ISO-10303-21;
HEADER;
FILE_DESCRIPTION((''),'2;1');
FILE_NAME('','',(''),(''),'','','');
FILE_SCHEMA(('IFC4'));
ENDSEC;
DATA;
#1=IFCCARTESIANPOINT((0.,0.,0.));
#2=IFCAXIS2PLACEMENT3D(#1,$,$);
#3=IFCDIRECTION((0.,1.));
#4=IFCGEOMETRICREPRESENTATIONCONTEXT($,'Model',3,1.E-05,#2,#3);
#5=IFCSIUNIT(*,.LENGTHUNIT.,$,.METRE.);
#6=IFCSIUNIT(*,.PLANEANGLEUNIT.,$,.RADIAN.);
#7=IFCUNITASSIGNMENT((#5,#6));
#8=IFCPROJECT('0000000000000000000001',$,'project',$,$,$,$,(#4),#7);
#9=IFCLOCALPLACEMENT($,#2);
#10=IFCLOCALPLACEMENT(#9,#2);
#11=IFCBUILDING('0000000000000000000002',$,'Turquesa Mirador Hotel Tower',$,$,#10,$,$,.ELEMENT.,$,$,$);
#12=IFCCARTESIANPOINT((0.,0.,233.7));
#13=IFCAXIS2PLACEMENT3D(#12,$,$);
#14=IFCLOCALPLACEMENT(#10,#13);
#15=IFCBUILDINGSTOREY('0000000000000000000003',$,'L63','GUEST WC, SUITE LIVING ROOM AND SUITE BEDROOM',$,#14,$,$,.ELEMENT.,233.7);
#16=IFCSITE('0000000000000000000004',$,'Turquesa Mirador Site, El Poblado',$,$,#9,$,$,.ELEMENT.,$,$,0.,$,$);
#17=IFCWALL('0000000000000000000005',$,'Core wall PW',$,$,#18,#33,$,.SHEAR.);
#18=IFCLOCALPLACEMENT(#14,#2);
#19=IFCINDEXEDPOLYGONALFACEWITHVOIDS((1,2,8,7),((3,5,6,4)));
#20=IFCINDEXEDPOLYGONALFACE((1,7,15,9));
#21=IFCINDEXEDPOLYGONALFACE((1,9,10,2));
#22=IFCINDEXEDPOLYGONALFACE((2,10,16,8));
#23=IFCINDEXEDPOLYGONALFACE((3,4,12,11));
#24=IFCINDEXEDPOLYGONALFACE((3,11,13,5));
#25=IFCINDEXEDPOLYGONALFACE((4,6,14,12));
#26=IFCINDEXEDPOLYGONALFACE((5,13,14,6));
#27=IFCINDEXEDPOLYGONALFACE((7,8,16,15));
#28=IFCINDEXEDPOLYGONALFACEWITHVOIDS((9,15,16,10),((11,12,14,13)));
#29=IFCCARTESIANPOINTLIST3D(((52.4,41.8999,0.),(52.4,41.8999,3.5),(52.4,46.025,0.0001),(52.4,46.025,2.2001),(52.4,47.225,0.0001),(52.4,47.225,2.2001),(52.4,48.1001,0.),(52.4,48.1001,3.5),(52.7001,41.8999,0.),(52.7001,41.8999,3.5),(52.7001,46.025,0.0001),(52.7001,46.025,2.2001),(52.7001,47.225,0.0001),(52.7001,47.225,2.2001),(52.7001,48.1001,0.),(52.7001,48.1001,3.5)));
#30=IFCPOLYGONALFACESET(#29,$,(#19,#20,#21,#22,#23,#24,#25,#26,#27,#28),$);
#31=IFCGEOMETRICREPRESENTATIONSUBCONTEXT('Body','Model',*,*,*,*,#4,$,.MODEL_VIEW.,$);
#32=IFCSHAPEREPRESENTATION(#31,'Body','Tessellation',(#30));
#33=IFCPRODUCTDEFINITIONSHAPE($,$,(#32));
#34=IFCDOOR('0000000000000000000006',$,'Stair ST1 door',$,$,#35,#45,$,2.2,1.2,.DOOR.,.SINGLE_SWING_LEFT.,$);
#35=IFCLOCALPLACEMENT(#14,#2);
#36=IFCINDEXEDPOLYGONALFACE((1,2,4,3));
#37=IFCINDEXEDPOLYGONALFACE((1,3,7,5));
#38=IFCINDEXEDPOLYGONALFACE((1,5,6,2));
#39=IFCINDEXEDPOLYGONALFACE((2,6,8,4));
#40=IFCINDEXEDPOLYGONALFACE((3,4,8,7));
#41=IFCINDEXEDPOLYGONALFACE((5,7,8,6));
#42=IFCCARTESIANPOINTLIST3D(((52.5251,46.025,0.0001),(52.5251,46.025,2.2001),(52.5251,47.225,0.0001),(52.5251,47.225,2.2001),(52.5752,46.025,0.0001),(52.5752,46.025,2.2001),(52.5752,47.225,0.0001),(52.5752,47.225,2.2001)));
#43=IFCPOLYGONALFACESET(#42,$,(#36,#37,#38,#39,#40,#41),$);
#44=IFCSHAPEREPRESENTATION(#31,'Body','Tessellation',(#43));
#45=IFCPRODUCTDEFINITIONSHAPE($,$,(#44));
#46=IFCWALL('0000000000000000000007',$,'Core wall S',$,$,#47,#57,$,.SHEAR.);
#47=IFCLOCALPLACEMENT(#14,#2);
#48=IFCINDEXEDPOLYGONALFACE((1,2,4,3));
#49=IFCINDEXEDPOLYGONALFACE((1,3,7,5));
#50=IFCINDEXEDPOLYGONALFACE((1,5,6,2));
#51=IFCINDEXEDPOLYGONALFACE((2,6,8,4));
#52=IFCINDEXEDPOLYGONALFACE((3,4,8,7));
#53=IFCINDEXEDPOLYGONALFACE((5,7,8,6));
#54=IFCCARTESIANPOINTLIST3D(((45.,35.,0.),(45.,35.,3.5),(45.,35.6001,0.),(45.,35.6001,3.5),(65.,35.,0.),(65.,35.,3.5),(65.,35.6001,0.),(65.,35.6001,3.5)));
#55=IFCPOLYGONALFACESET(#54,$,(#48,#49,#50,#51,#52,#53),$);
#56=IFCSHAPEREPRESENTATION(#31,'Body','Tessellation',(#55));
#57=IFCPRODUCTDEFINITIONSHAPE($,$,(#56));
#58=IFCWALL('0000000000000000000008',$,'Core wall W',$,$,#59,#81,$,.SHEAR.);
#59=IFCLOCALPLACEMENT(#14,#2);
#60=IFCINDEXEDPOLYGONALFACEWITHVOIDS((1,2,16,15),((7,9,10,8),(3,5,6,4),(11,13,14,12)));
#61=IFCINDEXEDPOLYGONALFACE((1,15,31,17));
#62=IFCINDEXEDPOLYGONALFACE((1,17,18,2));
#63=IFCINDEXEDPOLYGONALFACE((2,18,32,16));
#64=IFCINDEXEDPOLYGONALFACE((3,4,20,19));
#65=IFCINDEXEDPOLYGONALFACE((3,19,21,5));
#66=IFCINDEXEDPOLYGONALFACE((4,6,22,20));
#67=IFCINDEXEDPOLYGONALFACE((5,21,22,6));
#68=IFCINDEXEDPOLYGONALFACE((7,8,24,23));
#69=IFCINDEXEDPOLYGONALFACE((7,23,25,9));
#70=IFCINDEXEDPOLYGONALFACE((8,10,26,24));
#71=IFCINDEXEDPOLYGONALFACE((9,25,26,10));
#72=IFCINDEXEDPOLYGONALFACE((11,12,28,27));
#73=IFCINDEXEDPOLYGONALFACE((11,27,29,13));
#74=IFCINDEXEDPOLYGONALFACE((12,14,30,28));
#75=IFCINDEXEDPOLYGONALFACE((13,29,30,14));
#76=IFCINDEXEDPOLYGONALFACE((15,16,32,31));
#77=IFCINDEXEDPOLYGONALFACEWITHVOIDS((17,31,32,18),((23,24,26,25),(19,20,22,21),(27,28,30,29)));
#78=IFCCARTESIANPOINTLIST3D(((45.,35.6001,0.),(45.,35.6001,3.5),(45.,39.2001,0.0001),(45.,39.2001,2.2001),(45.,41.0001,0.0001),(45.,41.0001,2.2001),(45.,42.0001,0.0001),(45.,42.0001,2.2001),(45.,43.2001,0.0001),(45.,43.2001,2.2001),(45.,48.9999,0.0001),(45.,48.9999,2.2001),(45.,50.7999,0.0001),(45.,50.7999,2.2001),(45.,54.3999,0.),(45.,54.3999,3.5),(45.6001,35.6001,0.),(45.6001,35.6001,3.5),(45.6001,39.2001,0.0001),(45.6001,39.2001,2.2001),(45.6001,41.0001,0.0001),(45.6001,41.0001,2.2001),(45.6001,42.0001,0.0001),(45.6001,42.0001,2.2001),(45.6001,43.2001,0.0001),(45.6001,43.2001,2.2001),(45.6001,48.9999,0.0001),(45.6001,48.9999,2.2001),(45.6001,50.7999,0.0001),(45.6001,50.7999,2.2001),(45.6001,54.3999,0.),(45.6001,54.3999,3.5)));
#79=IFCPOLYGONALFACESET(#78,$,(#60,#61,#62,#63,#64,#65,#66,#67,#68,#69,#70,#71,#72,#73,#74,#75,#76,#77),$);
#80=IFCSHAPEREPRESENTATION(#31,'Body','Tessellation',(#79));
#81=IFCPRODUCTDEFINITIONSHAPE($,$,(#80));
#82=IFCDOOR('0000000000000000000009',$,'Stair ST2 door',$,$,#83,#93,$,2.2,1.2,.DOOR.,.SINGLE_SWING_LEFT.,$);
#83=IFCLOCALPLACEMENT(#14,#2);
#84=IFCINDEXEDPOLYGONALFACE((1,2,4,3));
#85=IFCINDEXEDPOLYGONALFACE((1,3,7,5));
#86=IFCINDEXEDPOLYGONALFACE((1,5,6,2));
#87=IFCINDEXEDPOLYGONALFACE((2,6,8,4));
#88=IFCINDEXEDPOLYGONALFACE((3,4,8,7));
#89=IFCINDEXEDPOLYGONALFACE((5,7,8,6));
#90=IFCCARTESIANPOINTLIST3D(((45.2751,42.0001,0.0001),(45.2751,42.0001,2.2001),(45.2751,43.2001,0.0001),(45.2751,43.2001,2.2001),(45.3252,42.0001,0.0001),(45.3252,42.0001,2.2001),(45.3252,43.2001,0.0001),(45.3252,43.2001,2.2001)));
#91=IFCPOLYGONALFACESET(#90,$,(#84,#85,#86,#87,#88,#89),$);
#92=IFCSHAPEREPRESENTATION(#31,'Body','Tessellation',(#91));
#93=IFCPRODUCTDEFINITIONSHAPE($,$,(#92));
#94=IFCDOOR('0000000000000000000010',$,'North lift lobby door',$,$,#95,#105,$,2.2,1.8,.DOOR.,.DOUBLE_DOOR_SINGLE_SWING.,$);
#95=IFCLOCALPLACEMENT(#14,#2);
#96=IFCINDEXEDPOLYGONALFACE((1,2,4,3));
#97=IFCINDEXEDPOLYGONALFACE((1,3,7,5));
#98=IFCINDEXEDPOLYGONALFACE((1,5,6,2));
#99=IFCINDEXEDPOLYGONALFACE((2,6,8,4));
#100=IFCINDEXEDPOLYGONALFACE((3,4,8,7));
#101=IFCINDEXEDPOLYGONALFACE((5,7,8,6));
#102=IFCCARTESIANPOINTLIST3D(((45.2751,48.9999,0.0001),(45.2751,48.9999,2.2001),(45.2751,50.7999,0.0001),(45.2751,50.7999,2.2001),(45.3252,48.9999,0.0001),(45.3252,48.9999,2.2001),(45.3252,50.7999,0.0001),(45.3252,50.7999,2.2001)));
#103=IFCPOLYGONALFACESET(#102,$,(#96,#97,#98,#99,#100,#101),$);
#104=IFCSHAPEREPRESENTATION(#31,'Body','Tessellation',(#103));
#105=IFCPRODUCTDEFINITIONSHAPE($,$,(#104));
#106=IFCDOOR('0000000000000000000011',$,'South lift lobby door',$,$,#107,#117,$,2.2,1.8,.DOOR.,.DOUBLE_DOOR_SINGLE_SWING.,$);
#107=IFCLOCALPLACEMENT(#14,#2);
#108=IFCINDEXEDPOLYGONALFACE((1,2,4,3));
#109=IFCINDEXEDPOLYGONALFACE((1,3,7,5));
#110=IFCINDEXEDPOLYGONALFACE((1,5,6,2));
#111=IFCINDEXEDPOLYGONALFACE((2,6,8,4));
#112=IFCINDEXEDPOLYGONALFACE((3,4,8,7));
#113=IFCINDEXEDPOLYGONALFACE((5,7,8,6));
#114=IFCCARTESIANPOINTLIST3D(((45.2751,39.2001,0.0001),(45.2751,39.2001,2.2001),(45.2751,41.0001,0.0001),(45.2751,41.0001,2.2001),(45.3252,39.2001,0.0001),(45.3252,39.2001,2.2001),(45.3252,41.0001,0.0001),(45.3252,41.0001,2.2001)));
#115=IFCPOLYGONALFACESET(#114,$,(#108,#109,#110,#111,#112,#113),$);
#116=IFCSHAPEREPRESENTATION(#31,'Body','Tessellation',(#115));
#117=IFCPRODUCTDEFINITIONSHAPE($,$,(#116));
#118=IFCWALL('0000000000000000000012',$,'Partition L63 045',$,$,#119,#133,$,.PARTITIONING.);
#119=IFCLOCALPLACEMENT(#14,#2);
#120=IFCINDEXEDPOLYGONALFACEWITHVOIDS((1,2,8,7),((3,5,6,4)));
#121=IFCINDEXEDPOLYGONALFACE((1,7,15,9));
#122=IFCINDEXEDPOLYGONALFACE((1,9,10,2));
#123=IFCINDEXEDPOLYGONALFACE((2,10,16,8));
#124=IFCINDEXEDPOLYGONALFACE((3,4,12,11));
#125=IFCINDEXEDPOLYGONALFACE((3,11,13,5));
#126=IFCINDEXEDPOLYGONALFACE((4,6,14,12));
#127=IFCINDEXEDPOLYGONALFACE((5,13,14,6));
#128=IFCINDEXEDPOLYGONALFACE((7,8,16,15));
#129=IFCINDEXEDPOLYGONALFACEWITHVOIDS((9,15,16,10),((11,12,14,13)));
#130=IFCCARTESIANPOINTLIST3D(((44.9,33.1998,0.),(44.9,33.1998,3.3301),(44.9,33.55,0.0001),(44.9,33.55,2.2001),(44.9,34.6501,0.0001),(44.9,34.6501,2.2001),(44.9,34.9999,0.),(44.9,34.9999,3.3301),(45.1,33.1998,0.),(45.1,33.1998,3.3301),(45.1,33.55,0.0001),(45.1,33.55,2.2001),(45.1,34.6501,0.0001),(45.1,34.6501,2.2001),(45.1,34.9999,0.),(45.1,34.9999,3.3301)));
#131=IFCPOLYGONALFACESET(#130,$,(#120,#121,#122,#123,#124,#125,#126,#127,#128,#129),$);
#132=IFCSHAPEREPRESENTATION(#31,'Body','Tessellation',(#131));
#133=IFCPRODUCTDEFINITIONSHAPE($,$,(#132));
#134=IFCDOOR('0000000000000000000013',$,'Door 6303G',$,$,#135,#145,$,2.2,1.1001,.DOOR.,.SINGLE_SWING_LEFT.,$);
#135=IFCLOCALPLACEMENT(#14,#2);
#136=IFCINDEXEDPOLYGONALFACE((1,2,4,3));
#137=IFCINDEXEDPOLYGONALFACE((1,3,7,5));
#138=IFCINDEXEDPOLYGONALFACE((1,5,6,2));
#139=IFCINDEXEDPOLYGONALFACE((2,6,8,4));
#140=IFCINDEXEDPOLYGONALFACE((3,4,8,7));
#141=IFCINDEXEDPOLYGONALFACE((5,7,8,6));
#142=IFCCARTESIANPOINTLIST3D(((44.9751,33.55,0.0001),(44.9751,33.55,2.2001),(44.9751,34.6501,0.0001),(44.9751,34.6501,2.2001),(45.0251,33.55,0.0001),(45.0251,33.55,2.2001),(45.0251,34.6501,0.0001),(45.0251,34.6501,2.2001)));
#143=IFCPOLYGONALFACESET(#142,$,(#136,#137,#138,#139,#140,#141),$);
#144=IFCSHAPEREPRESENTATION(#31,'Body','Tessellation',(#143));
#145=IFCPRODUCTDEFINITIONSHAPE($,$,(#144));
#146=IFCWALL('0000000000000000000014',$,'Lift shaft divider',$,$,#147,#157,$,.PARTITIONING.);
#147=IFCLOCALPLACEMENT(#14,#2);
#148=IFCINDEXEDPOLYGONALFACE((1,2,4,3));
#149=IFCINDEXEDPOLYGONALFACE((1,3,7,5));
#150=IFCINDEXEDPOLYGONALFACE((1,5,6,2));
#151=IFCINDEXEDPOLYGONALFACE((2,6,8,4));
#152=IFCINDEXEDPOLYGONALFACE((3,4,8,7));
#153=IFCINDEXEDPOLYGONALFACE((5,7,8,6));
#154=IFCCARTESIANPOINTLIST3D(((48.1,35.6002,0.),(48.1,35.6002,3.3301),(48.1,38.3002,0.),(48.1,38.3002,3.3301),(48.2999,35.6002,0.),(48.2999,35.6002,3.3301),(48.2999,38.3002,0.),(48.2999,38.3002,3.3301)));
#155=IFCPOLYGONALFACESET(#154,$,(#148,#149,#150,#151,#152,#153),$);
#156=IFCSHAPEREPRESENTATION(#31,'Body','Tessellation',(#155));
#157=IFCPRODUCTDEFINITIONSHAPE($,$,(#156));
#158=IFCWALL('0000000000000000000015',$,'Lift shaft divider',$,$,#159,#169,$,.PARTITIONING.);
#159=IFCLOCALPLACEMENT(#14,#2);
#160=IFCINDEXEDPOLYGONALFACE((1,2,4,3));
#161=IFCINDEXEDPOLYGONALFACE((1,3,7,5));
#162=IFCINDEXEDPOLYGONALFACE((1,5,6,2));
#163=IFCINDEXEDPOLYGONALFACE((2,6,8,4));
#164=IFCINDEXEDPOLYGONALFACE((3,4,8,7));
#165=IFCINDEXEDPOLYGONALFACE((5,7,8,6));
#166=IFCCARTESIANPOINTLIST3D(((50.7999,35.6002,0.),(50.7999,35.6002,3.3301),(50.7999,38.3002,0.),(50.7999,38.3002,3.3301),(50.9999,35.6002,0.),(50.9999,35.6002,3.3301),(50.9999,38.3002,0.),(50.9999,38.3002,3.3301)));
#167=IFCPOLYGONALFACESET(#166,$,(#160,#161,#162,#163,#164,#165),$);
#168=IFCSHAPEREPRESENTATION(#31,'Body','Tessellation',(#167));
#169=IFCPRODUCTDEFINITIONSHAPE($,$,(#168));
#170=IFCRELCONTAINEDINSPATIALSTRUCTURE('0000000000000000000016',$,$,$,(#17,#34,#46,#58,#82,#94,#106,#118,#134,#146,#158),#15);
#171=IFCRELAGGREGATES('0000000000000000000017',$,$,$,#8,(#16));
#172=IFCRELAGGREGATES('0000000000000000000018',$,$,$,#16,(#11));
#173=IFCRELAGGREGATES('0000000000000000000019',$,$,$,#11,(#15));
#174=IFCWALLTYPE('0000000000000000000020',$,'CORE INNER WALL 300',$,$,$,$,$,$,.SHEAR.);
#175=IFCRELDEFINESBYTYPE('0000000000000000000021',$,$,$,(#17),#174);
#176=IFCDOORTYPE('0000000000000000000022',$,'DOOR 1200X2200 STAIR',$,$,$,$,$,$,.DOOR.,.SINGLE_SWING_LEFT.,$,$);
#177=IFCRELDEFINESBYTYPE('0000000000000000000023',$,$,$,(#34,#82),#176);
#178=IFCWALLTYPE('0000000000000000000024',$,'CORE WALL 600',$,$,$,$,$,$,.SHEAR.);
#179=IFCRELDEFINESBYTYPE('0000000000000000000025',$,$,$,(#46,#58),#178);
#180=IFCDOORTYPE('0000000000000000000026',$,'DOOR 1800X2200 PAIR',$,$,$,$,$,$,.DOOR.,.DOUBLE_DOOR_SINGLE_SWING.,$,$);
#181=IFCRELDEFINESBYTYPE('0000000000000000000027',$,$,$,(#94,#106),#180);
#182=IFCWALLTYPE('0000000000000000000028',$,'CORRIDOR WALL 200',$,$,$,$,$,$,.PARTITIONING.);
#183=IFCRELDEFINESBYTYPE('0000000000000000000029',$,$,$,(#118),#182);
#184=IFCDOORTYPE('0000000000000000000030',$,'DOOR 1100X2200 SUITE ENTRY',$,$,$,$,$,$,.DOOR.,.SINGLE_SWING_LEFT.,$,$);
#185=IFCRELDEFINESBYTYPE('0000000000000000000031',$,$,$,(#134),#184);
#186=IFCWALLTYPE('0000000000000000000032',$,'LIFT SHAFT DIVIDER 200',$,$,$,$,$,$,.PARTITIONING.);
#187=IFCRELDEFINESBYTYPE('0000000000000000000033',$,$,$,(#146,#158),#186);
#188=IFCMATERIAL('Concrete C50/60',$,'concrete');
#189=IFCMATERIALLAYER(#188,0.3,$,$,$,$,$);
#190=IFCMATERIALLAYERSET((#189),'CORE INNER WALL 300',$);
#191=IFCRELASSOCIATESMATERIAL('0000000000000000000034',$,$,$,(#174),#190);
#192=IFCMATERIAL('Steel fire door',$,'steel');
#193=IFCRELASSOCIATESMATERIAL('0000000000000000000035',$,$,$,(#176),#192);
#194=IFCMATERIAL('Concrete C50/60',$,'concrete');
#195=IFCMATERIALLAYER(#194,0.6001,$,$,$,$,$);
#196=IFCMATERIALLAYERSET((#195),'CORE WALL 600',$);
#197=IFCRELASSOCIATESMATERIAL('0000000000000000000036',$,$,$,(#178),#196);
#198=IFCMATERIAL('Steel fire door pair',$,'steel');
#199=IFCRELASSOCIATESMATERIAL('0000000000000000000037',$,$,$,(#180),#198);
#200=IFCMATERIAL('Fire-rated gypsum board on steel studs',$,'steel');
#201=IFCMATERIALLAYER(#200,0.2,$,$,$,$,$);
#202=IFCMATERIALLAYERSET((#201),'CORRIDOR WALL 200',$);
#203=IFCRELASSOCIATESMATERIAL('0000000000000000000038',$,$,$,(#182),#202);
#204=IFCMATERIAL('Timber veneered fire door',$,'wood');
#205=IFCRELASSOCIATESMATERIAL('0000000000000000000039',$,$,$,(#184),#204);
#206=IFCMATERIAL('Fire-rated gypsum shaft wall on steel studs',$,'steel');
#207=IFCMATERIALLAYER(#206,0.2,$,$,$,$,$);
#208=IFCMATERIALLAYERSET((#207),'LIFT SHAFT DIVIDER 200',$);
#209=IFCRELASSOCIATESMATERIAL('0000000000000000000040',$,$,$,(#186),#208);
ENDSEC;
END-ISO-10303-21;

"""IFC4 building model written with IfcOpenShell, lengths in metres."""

from ifc_helpers import new_model, si_unit, direction, frame, frame_2d, origin, place, context, subcontext, project, spatial, rectangle, extrude, material, layer, layer_set, type_object, element, fill, save


model = new_model("IFC4")

# Units and contexts
model_context = context("Model", 3, precision=1e-05, world=origin(), true_north=direction((0.0, 1.0)))
body_context = subcontext(model_context, "Body", "Model", "MODEL_VIEW")
ifc_project = project(units=[si_unit("LENGTHUNIT", "METRE"), si_unit("PLANEANGLEUNIT", "RADIAN")], contexts=[model_context])

# Site, building, storey
site_placement = place(None, origin())
site = spatial("IfcSite", under=ifc_project, at=site_placement, Name="Turquesa Mirador Site, El Poblado", CompositionType="ELEMENT", RefElevation=0.0)
building_placement = place(site_placement, origin())
building = spatial("IfcBuilding", under=site, at=building_placement, Name="Turquesa Mirador Hotel Tower", CompositionType="ELEMENT")
storey_placement = place(building_placement, frame((0.0, 0.0, 233.7)))
storey = spatial("IfcBuildingStorey", under=building, at=storey_placement, Name="L63", Description="GUEST WC, SUITE LIVING ROOM AND SUITE BEDROOM", CompositionType="ELEMENT", Elevation=233.7)

# Shared definitions
ifc_material_1 = material(Name="Concrete C50/60", Category="concrete")
ifc_layer_1 = layer(ifc_material_1, 0.3)
ifc_layer_set_1 = layer_set([ifc_layer_1], Name="CORE INNER WALL 300")
wall_type_1 = type_object("IfcWallType", Name="CORE INNER WALL 300", PredefinedType="SHEAR", material=ifc_layer_set_1)

# Wall, opening, door
wall_1_placement = place(storey_placement, frame((52.55, 41.8999, 0.0), z_axis=(0.0, 0.0, 1.0), x_axis=(0.0, 1.0, 0.0)))
wall_1 = element("IfcWall", 1, at=wall_1_placement, inside=storey, type_object=wall_type_1, Name="Core wall PW", PredefinedType="SHEAR", context=body_context, shape_type="SweptSolid", body=[
    extrude(rectangle(XDim=6.2002, YDim=0.3, at=frame_2d((3.1001, 0.0))), origin(), (0.0, 0.0, 1.0), 3.5),
])
opening_1_placement = place(wall_1_placement, frame((4.125, 0.0, 0.0)))
opening_1 = element("IfcOpeningElement", 2, at=opening_1_placement, cuts=wall_1, PredefinedType="OPENING", context=body_context, shape_type="SweptSolid", body=[
    extrude(rectangle(XDim=1.2, YDim=2.2, at=frame_2d((0.6001, 1.1001))), frame((0.0, 0.1599, 0.0), z_axis=(0.0, -1.0, 0.0), x_axis=(1.0, 0.0, 0.0)), (0.0, 0.0, 1.0), 0.3201),
])
ifc_material_2 = material(Name="Steel fire door", Category="steel")
door_type_1 = type_object("IfcDoorType", Name="DOOR 1200X2200 STAIR", OperationType="SINGLE_SWING_LEFT", PredefinedType="DOOR", material=ifc_material_2)
door_1_placement = place(opening_1_placement, origin())
door_1 = element("IfcDoor", 3, at=door_1_placement, inside=storey, type_object=door_type_1, Name="Stair ST1 door", OperationType="SINGLE_SWING_LEFT", OverallHeight=2.2, OverallWidth=1.2, PredefinedType="DOOR", context=body_context, shape_type="SweptSolid", body=[
    extrude(rectangle(XDim=1.2, YDim=2.2, at=frame_2d((0.6001, 1.1001))), frame((0.0, 0.0249, 0.0), z_axis=(0.0, -1.0, 0.0), x_axis=(1.0, 0.0, 0.0)), (0.0, 0.0, 1.0), 0.05),
])
fill(opening_1, door_1)

# Wall
ifc_material_3 = material(Name="Concrete C50/60", Category="concrete")
ifc_layer_2 = layer(ifc_material_3, 0.6001)
ifc_layer_set_2 = layer_set([ifc_layer_2], Name="CORE WALL 600")
wall_type_2 = type_object("IfcWallType", Name="CORE WALL 600", PredefinedType="SHEAR", material=ifc_layer_set_2)
wall_2_placement = place(storey_placement, frame((45.0, 35.3, 0.0), z_axis=(0.0, 0.0, 1.0), x_axis=(1.0, 0.0, 0.0)))
element("IfcWall", 4, at=wall_2_placement, inside=storey, type_object=wall_type_2, Name="Core wall S", PredefinedType="SHEAR", context=body_context, shape_type="SweptSolid", body=[
    extrude(rectangle(XDim=20.0, YDim=0.6001, at=frame_2d((10.0, 0.0))), origin(), (0.0, 0.0, 1.0), 3.5),
])

# Wall, openings, doors
wall_3_placement = place(storey_placement, frame((45.3, 35.6001, 0.0), z_axis=(0.0, 0.0, 1.0), x_axis=(0.0, 1.0, 0.0)))
wall_3 = element("IfcWall", 5, at=wall_3_placement, inside=storey, type_object=wall_type_2, Name="Core wall W", PredefinedType="SHEAR", context=body_context, shape_type="SweptSolid", body=[
    extrude(rectangle(XDim=18.7998, YDim=0.6001, at=frame_2d((9.3999, 0.0))), origin(), (0.0, 0.0, 1.0), 3.5),
])
opening_2_placement = place(wall_3_placement, frame((13.3999, 0.0, 0.0)))
opening_2 = element("IfcOpeningElement", 6, at=opening_2_placement, cuts=wall_3, PredefinedType="OPENING", context=body_context, shape_type="SweptSolid", body=[
    extrude(rectangle(XDim=1.8, YDim=2.2, at=frame_2d((0.8999, 1.1001))), frame((0.0, 0.3101, 0.0), z_axis=(0.0, -1.0, 0.0), x_axis=(1.0, 0.0, 0.0)), (0.0, 0.0, 1.0), 0.6201),
])
opening_3_placement = place(wall_3_placement, frame((3.6001, 0.0, 0.0)))
opening_3 = element("IfcOpeningElement", 7, at=opening_3_placement, cuts=wall_3, PredefinedType="OPENING", context=body_context, shape_type="SweptSolid", body=[
    extrude(rectangle(XDim=1.8, YDim=2.2, at=frame_2d((0.8999, 1.1001))), frame((0.0, 0.3101, 0.0), z_axis=(0.0, -1.0, 0.0), x_axis=(1.0, 0.0, 0.0)), (0.0, 0.0, 1.0), 0.6201),
])
opening_4_placement = place(wall_3_placement, frame((6.3999, 0.0, 0.0)))
opening_4 = element("IfcOpeningElement", 8, at=opening_4_placement, cuts=wall_3, PredefinedType="OPENING", context=body_context, shape_type="SweptSolid", body=[
    extrude(rectangle(XDim=1.2, YDim=2.2, at=frame_2d((0.6001, 1.1001))), frame((0.0, 0.3101, 0.0), z_axis=(0.0, -1.0, 0.0), x_axis=(1.0, 0.0, 0.0)), (0.0, 0.0, 1.0), 0.6201),
])
door_2_placement = place(opening_4_placement, origin())
door_2 = element("IfcDoor", 9, at=door_2_placement, inside=storey, type_object=door_type_1, Name="Stair ST2 door", OperationType="SINGLE_SWING_LEFT", OverallHeight=2.2, OverallWidth=1.2, PredefinedType="DOOR", context=body_context, shape_type="SweptSolid", body=[
    extrude(rectangle(XDim=1.2, YDim=2.2, at=frame_2d((0.6001, 1.1001))), frame((0.0, 0.0249, 0.0), z_axis=(0.0, -1.0, 0.0), x_axis=(1.0, 0.0, 0.0)), (0.0, 0.0, 1.0), 0.05),
])
fill(opening_4, door_2)
ifc_material_4 = material(Name="Steel fire door pair", Category="steel")
door_type_2 = type_object("IfcDoorType", Name="DOOR 1800X2200 PAIR", OperationType="DOUBLE_DOOR_SINGLE_SWING", PredefinedType="DOOR", material=ifc_material_4)
door_3_placement = place(opening_2_placement, origin())
door_3 = element("IfcDoor", 10, at=door_3_placement, inside=storey, type_object=door_type_2, Name="North lift lobby door", OperationType="DOUBLE_DOOR_SINGLE_SWING", OverallHeight=2.2, OverallWidth=1.8, PredefinedType="DOOR", context=body_context, shape_type="SweptSolid", body=[
    extrude(rectangle(XDim=1.8, YDim=2.2, at=frame_2d((0.8999, 1.1001))), frame((0.0, 0.0249, 0.0), z_axis=(0.0, -1.0, 0.0), x_axis=(1.0, 0.0, 0.0)), (0.0, 0.0, 1.0), 0.05),
])
fill(opening_2, door_3)
door_4_placement = place(opening_3_placement, origin())
door_4 = element("IfcDoor", 11, at=door_4_placement, inside=storey, type_object=door_type_2, Name="South lift lobby door", OperationType="DOUBLE_DOOR_SINGLE_SWING", OverallHeight=2.2, OverallWidth=1.8, PredefinedType="DOOR", context=body_context, shape_type="SweptSolid", body=[
    extrude(rectangle(XDim=1.8, YDim=2.2, at=frame_2d((0.8999, 1.1001))), frame((0.0, 0.0249, 0.0), z_axis=(0.0, -1.0, 0.0), x_axis=(1.0, 0.0, 0.0)), (0.0, 0.0, 1.0), 0.05),
])
fill(opening_3, door_4)

# Wall, opening, door
ifc_material_5 = material(Name="Fire-rated gypsum board on steel studs", Category="steel")
ifc_layer_3 = layer(ifc_material_5, 0.2)
ifc_layer_set_3 = layer_set([ifc_layer_3], Name="CORRIDOR WALL 200")
wall_type_3 = type_object("IfcWallType", Name="CORRIDOR WALL 200", PredefinedType="PARTITIONING", material=ifc_layer_set_3)
wall_4_placement = place(storey_placement, frame((45.0, 33.2, 0.0), z_axis=(0.0, 0.0, 1.0), x_axis=(0.0, 1.0, 0.0)))
wall_4 = element("IfcWall", 12, at=wall_4_placement, inside=storey, type_object=wall_type_3, Name="Partition L63 045", PredefinedType="PARTITIONING", context=body_context, shape_type="SweptSolid", body=[
    extrude(rectangle(XDim=1.8, YDim=0.2, at=frame_2d((0.8999, 0.0))), origin(), (0.0, 0.0, 1.0), 3.3301),
])
opening_5_placement = place(wall_4_placement, frame((0.3501, 0.0, 0.0)))
opening_5 = element("IfcOpeningElement", 13, at=opening_5_placement, cuts=wall_4, PredefinedType="OPENING", context=body_context, shape_type="SweptSolid", body=[
    extrude(rectangle(XDim=1.1001, YDim=2.2, at=frame_2d((0.55, 1.1001))), frame((0.0, 0.1099, 0.0), z_axis=(0.0, -1.0, 0.0), x_axis=(1.0, 0.0, 0.0)), (0.0, 0.0, 1.0), 0.22),
])
ifc_material_6 = material(Name="Timber veneered fire door", Category="wood")
door_type_3 = type_object("IfcDoorType", Name="DOOR 1100X2200 SUITE ENTRY", OperationType="SINGLE_SWING_LEFT", PredefinedType="DOOR", material=ifc_material_6)
door_5_placement = place(opening_5_placement, origin())
door_5 = element("IfcDoor", 14, at=door_5_placement, inside=storey, type_object=door_type_3, Name="Door 6303G", OperationType="SINGLE_SWING_LEFT", OverallHeight=2.2, OverallWidth=1.1001, PredefinedType="DOOR", context=body_context, shape_type="SweptSolid", body=[
    extrude(rectangle(XDim=1.1001, YDim=2.2, at=frame_2d((0.55, 1.1001))), frame((0.0, 0.0249, 0.0), z_axis=(0.0, -1.0, 0.0), x_axis=(1.0, 0.0, 0.0)), (0.0, 0.0, 1.0), 0.05),
])
fill(opening_5, door_5)

# Walls
ifc_material_7 = material(Name="Fire-rated gypsum shaft wall on steel studs", Category="steel")
ifc_layer_4 = layer(ifc_material_7, 0.2)
ifc_layer_set_4 = layer_set([ifc_layer_4], Name="LIFT SHAFT DIVIDER 200")
wall_type_4 = type_object("IfcWallType", Name="LIFT SHAFT DIVIDER 200", PredefinedType="PARTITIONING", material=ifc_layer_set_4)
for number, where, z_axis, x_axis, name in (
    (15, (48.2, 35.6001, 0.0), (0.0, 0.0, 1.0), (0.0, 1.0, 0.0), "Lift shaft divider"),
    (16, (50.8999, 35.6001, 0.0), (0.0, 0.0, 1.0), (0.0, 1.0, 0.0), "Lift shaft divider"),
):
    element("IfcWall", number, at=place(storey_placement, frame(where, z_axis=z_axis, x_axis=x_axis)), inside=storey, type_object=wall_type_4, Name=name, PredefinedType="PARTITIONING", context=body_context, shape_type="SweptSolid", body=[
        extrude(rectangle(XDim=2.7, YDim=0.2, at=frame_2d((1.3501, 0.0))), origin(), (0.0, 0.0, 1.0), 3.3301),
    ])

save(model, "model.ifc")
